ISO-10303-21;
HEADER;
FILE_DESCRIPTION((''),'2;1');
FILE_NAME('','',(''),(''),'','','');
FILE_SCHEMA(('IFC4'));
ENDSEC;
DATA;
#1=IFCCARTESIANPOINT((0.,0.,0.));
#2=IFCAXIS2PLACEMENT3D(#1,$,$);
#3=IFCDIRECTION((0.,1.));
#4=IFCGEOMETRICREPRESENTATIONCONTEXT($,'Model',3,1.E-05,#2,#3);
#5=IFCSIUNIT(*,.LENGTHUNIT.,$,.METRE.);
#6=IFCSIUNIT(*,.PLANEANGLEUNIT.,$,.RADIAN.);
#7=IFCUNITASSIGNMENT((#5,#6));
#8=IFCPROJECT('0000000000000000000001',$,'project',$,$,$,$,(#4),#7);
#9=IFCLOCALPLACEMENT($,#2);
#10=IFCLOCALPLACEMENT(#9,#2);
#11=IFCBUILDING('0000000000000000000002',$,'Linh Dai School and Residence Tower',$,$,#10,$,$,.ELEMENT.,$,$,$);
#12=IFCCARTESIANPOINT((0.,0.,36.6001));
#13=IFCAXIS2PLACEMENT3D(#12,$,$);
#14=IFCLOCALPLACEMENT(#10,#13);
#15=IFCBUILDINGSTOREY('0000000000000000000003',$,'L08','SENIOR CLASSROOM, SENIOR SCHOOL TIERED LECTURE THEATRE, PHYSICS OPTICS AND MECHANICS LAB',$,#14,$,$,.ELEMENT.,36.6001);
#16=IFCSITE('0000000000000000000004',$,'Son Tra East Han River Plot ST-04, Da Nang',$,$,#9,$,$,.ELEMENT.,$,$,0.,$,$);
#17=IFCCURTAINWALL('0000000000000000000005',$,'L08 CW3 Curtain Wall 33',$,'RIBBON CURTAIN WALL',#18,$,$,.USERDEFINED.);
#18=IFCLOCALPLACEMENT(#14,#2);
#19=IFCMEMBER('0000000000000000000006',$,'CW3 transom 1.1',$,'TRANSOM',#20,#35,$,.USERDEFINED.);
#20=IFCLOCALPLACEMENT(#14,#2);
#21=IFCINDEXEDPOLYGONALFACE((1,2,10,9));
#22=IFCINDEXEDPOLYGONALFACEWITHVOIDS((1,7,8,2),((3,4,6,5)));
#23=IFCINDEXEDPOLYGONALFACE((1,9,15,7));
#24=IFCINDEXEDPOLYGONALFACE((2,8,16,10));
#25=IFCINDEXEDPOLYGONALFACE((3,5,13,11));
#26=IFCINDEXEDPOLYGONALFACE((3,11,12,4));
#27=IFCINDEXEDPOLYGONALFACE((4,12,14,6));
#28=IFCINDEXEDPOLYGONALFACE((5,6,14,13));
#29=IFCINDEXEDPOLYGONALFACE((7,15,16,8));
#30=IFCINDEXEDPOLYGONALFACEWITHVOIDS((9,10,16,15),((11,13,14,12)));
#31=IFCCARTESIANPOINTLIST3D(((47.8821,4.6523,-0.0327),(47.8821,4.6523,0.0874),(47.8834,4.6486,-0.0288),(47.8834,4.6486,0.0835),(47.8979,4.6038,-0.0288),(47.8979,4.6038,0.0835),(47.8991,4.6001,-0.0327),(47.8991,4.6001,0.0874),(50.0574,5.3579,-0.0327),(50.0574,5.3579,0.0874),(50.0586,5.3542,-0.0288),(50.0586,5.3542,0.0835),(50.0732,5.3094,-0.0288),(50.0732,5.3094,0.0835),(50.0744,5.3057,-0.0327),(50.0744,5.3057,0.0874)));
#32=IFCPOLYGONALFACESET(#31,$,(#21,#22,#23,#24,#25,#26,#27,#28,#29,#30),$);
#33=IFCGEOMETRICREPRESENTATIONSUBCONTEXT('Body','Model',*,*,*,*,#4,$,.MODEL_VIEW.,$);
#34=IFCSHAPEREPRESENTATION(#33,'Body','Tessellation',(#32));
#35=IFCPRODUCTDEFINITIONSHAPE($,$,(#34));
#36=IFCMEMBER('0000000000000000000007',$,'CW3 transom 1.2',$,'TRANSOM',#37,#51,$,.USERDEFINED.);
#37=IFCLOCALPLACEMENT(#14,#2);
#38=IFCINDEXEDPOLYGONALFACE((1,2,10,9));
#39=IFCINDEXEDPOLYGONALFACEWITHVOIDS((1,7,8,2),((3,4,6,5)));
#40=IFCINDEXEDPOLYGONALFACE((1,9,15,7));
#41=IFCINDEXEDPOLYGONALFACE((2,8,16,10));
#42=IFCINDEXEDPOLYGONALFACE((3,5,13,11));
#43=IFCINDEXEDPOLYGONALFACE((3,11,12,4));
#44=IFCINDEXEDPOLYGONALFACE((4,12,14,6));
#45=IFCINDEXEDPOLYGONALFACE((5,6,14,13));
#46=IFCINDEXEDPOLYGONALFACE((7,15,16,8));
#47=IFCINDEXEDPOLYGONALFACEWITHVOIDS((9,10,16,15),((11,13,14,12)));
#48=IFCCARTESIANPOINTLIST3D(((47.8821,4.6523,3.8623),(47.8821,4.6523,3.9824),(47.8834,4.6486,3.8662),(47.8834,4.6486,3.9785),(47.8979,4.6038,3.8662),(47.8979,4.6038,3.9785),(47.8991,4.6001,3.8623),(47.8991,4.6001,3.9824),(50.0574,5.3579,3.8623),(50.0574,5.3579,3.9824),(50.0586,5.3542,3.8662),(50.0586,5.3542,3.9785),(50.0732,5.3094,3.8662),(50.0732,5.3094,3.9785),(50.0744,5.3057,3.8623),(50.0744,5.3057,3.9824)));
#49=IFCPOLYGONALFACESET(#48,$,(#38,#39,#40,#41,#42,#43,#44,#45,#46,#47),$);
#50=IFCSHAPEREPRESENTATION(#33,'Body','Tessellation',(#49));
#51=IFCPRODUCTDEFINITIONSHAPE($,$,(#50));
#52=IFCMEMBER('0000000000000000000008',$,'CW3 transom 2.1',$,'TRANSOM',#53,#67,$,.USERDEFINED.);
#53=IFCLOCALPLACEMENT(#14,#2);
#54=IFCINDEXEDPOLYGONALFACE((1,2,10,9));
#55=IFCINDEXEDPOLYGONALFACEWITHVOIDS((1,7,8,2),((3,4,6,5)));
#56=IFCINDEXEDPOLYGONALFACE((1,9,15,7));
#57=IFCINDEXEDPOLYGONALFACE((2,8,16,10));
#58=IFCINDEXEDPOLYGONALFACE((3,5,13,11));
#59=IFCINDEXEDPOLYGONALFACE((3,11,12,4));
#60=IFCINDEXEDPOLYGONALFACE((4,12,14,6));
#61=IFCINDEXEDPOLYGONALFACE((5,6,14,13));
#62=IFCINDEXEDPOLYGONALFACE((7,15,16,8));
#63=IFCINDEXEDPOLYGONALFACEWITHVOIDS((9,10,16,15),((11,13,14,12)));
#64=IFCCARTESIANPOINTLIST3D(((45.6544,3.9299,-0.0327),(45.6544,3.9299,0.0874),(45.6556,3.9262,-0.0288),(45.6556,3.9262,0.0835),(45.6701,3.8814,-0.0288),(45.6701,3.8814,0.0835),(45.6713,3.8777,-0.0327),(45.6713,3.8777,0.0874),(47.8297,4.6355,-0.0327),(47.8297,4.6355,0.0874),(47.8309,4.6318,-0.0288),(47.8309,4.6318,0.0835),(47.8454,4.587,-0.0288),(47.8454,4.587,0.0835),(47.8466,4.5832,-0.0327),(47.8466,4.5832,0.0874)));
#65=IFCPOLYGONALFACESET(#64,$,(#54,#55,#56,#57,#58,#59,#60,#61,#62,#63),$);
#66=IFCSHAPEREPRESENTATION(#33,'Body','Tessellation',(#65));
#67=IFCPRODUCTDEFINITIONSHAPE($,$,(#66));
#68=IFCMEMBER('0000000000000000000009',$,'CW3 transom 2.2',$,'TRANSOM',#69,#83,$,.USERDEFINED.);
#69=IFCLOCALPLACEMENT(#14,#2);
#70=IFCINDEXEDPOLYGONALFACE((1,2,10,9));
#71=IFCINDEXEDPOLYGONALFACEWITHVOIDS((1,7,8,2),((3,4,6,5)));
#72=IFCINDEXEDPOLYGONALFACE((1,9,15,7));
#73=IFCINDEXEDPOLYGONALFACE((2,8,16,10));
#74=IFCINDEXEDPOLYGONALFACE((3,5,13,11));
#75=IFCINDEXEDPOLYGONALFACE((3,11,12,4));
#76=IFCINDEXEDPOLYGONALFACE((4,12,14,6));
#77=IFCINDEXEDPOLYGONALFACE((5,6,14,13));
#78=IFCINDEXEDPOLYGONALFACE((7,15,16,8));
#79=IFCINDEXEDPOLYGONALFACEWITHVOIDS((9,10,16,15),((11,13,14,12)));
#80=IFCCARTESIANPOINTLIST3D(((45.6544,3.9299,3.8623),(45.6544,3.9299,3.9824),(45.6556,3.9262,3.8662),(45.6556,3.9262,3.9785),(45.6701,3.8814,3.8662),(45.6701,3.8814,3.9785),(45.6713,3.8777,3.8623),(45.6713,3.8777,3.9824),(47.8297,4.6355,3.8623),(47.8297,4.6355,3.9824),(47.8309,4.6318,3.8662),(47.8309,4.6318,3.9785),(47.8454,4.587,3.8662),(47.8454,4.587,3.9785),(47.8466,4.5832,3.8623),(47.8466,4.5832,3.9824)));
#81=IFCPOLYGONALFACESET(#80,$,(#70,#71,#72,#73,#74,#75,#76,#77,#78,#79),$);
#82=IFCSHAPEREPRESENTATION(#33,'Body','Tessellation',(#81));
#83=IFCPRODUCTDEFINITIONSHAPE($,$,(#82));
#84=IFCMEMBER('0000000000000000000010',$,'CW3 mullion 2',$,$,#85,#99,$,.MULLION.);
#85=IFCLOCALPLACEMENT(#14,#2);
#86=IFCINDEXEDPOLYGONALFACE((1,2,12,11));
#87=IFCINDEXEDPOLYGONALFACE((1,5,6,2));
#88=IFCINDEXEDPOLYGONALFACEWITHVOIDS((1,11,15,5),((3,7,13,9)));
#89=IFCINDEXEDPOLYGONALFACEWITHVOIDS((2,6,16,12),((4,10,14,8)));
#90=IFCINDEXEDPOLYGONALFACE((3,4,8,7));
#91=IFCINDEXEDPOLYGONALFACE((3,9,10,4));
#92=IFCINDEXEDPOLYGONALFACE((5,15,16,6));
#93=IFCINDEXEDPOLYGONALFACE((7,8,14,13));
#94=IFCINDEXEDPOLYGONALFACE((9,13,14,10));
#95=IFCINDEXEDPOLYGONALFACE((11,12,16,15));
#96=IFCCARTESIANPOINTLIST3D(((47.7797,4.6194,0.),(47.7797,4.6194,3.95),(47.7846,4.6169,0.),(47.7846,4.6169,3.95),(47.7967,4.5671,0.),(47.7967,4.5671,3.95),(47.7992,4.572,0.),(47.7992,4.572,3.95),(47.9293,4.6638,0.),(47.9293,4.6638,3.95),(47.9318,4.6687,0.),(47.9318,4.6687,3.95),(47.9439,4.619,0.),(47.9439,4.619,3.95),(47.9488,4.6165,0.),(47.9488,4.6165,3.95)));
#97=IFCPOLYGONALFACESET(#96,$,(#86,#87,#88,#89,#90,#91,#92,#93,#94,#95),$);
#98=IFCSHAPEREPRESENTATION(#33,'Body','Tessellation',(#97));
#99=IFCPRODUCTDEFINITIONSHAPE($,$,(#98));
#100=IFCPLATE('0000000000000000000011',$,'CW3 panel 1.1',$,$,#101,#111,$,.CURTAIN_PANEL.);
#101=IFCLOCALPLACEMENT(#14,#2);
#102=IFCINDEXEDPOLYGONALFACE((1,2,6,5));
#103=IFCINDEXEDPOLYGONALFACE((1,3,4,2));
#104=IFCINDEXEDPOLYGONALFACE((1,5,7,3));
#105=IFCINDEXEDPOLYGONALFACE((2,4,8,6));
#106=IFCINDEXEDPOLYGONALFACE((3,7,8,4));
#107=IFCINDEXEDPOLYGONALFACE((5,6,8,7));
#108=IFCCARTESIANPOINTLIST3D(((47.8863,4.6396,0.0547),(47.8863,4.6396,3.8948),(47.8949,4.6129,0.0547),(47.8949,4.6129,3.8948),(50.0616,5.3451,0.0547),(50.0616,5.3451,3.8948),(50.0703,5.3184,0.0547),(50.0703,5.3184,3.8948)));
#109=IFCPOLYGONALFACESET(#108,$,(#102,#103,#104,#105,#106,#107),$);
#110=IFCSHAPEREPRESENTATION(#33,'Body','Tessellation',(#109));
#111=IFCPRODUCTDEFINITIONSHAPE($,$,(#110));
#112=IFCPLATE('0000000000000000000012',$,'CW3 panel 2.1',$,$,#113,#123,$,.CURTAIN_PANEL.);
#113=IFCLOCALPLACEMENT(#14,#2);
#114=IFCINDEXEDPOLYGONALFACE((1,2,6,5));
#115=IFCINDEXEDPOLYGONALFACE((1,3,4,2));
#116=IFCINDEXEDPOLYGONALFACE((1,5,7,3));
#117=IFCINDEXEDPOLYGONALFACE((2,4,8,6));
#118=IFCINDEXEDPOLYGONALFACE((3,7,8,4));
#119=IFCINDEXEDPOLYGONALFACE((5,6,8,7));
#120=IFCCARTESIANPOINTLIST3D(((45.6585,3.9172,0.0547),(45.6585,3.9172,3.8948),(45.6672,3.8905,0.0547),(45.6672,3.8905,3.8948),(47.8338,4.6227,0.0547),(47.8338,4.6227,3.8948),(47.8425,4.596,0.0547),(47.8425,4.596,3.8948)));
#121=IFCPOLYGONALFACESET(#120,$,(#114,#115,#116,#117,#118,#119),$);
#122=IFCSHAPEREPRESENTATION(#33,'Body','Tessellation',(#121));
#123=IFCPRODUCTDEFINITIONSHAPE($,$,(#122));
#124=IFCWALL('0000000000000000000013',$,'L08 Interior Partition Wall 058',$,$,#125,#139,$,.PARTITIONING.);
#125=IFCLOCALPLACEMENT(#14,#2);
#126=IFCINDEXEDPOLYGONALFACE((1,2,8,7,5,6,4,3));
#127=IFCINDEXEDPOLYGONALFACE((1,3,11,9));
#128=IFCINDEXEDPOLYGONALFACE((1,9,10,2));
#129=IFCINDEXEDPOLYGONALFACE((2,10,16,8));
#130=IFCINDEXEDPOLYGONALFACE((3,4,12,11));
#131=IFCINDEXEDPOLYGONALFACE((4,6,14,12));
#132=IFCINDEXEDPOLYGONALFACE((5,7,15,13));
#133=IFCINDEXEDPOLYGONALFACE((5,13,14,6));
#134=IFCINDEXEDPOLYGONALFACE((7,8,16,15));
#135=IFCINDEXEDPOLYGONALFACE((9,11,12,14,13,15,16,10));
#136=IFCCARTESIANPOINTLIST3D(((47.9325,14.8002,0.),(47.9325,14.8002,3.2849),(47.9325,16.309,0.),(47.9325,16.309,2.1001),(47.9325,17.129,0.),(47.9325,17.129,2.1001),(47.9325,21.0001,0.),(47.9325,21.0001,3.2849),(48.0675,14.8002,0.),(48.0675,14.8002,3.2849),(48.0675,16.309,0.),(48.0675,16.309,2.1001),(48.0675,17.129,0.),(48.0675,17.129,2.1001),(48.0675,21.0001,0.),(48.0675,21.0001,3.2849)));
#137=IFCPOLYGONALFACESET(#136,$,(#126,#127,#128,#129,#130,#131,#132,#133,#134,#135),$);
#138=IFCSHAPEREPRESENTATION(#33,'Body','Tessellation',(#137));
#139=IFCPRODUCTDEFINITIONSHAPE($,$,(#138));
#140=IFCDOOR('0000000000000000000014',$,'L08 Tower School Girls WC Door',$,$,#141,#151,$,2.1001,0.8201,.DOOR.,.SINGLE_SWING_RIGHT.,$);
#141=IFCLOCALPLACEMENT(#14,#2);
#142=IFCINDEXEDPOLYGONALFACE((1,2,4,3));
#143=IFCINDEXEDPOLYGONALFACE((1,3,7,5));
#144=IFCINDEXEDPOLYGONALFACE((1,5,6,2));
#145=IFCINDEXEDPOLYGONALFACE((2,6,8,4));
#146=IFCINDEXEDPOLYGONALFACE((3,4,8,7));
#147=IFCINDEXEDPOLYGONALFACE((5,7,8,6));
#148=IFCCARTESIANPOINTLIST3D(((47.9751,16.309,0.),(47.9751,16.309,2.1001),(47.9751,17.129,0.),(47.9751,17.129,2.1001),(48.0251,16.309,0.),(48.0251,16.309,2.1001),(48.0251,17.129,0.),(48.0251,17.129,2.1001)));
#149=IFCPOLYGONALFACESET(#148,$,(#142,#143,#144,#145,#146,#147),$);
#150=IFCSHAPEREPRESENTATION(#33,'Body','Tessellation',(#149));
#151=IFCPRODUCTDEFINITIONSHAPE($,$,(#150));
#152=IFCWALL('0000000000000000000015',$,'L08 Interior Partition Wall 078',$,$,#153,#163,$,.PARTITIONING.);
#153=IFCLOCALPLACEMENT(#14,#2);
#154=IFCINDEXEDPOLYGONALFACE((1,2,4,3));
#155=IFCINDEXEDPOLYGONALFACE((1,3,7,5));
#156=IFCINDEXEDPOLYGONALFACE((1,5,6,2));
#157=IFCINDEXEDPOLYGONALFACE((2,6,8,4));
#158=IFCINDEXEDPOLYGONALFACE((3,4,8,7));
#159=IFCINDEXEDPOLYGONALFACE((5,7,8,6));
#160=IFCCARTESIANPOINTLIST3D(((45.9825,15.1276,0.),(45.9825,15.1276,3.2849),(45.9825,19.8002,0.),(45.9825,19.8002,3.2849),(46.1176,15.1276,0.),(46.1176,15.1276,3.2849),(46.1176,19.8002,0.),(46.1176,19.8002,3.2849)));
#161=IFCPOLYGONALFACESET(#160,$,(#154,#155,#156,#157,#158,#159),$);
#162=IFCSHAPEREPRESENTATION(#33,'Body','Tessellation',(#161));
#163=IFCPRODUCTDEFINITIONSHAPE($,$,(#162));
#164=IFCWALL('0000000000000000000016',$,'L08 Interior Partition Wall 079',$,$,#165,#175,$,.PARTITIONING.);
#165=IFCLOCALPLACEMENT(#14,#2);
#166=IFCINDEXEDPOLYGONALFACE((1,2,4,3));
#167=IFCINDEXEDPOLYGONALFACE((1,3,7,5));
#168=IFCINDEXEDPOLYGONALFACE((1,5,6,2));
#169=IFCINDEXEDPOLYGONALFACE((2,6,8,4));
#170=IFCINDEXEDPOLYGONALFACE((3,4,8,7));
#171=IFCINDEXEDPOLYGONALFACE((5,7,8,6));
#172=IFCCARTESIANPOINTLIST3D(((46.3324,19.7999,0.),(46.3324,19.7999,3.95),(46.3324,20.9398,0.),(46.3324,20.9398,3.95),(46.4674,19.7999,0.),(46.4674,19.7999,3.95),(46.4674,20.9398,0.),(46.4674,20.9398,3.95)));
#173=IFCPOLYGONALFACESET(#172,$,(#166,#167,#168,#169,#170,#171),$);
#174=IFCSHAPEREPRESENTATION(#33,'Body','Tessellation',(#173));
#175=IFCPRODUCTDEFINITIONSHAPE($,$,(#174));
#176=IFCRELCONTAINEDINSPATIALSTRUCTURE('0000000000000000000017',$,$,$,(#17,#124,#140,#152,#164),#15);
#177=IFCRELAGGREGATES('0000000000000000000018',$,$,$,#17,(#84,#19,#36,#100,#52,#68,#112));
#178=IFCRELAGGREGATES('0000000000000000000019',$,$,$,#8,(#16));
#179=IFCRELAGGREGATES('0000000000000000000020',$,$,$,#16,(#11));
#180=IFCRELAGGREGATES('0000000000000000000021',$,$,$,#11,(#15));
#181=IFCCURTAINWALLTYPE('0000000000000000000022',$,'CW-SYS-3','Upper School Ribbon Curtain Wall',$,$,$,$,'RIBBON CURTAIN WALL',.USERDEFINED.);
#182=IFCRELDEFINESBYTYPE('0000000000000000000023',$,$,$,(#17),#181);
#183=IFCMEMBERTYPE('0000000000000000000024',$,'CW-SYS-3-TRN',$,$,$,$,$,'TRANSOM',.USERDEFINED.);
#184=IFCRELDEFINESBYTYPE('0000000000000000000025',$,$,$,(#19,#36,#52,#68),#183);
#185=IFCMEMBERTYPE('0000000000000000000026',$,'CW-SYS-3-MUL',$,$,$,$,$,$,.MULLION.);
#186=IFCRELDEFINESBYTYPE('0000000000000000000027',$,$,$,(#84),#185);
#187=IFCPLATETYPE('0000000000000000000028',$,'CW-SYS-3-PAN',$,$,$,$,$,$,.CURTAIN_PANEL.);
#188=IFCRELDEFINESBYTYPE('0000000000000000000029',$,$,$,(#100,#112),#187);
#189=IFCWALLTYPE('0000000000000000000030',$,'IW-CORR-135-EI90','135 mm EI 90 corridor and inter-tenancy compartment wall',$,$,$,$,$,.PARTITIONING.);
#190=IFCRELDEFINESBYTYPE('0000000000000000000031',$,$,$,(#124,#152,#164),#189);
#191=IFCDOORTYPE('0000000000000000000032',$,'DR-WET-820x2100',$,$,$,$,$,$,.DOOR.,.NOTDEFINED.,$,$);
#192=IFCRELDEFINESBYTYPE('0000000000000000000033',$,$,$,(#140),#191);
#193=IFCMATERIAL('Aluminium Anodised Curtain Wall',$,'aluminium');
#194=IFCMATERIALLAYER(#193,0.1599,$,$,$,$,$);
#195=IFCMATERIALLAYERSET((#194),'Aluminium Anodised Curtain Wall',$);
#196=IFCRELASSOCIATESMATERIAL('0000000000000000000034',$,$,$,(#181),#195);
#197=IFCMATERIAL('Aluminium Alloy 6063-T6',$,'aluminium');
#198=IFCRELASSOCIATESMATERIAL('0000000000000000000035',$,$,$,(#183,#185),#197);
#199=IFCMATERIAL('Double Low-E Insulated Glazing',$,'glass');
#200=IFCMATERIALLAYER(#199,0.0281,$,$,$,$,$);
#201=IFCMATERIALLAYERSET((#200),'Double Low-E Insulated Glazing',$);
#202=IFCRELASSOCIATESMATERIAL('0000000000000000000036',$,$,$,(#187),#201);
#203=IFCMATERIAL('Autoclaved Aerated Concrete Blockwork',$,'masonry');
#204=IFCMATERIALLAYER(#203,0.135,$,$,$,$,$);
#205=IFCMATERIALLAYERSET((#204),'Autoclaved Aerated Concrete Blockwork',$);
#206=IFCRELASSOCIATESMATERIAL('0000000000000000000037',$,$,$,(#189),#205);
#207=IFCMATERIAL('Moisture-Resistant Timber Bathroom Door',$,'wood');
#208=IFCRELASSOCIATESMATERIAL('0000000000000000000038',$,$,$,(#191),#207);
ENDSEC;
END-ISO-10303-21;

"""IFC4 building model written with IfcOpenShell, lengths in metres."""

from ifc_helpers import new_model, si_unit, direction, frame, frame_2d, origin, origin_2d, place, context, subcontext, project, spatial, rectangle, hollow_rectangle, extrude, source, transform, mapped, material, layer, layer_set, material_profile, profile_set, type_object, element, fill, aggregate, save


model = new_model("IFC4")

# Units and contexts
model_context = context("Model", 3, precision=1e-05, world=origin(), true_north=direction((0.0, 1.0)))
body_context = subcontext(model_context, "Body", "Model", "MODEL_VIEW")
ifc_project = project(units=[si_unit("LENGTHUNIT", "METRE"), si_unit("PLANEANGLEUNIT", "RADIAN")], contexts=[model_context])

# Site, building, storey
site_placement = place(None, origin())
site = spatial("IfcSite", under=ifc_project, at=site_placement, Name="Son Tra East Han River Plot ST-04, Da Nang", CompositionType="ELEMENT", RefElevation=0.0)
building_placement = place(site_placement, origin())
building = spatial("IfcBuilding", under=site, at=building_placement, Name="Linh Dai School and Residence Tower", CompositionType="ELEMENT")
storey_placement = place(building_placement, frame((0.0, 0.0, 36.6001)))
storey = spatial("IfcBuildingStorey", under=building, at=storey_placement, Name="L08", Description="SENIOR CLASSROOM, SENIOR SCHOOL TIERED LECTURE THEATRE, PHYSICS OPTICS AND MECHANICS LAB", CompositionType="ELEMENT", Elevation=36.6001)

# Curtain wall, members, plates
ifc_material_1 = material(Name="Aluminium Anodised Curtain Wall", Category="aluminium")
ifc_layer_1 = layer(ifc_material_1, 0.1599)
ifc_layer_set_1 = layer_set([ifc_layer_1], Name="Aluminium Anodised Curtain Wall")
curtain_wall_type = type_object("IfcCurtainWallType", Name="CW-SYS-3", Description="Upper School Ribbon Curtain Wall", ElementType="RIBBON CURTAIN WALL", PredefinedType="USERDEFINED", material=ifc_layer_set_1)
curtain_wall_placement = place(storey_placement, origin())
curtain_wall = element("IfcCurtainWall", 1, at=curtain_wall_placement, inside=storey, type_object=curtain_wall_type, Name="L08 CW3 Curtain Wall 33", ObjectType="RIBBON CURTAIN WALL", PredefinedType="USERDEFINED")
ifc_material_2 = material(Name="Aluminium Alloy 6063-T6", Category="aluminium")
ifc_material_profile_1 = material_profile(ifc_material_2, hollow_rectangle(XDim=0.0549, YDim=0.1201, WallThickness=0.0039, at=origin_2d()), Name="RHS 120x55x4")
ifc_profile_set_1 = profile_set([ifc_material_profile_1], Name="Aluminium Alloy 6063-T6")
member_type_1 = type_object("IfcMemberType", Name="CW-SYS-3-TRN", ElementType="TRANSOM", PredefinedType="USERDEFINED", material=ifc_profile_set_1)
shared_shape_1 = source(origin(), body_context, "Body", "SweptSolid", [
    extrude(hollow_rectangle(XDim=0.0549, YDim=0.1201, WallThickness=0.0039, at=origin_2d()), origin(), (0.0, 0.0, 1.0), 2.2869),
])
member_1_placement = place(storey_placement, frame((50.0659, 5.3318, 0.0273), z_axis=(-0.951214, -0.308531, 0.0), x_axis=(0.308531, -0.951214, 0.0)))
member_1 = element("IfcMember", 2, at=member_1_placement, type_object=member_type_1, Name="CW3 transom 1.1", ObjectType="TRANSOM", PredefinedType="USERDEFINED", context=body_context, shape_type="MappedRepresentation", body=[
    mapped(shared_shape_1, transform((0.0, 0.0, 0.0), x_axis=(1.0, 0.0, 0.0), y_axis=(0.0, 1.0, 0.0), z_axis=(0.0, 0.0, 1.0), scale=1.0)),
])
member_2_placement = place(storey_placement, frame((50.0659, 5.3318, 3.9224), z_axis=(-0.951214, -0.308531, 0.0), x_axis=(0.308531, -0.951214, 0.0)))
member_2 = element("IfcMember", 3, at=member_2_placement, type_object=member_type_1, Name="CW3 transom 1.2", ObjectType="TRANSOM", PredefinedType="USERDEFINED", context=body_context, shape_type="MappedRepresentation", body=[
    mapped(shared_shape_1, transform((0.0, 0.0, 0.0), x_axis=(1.0, 0.0, 0.0), y_axis=(0.0, 1.0, 0.0), z_axis=(0.0, 0.0, 1.0), scale=1.0)),
])
member_3_placement = place(storey_placement, frame((47.8381, 4.6094, 0.0273), z_axis=(-0.951214, -0.308531, 0.0), x_axis=(0.308531, -0.951214, 0.0)))
member_3 = element("IfcMember", 4, at=member_3_placement, type_object=member_type_1, Name="CW3 transom 2.1", ObjectType="TRANSOM", PredefinedType="USERDEFINED", context=body_context, shape_type="MappedRepresentation", body=[
    mapped(shared_shape_1, transform((0.0, 0.0, 0.0), x_axis=(1.0, 0.0, 0.0), y_axis=(0.0, 1.0, 0.0), z_axis=(0.0, 0.0, 1.0), scale=1.0)),
])
member_4_placement = place(storey_placement, frame((47.8381, 4.6094, 3.9224), z_axis=(-0.951214, -0.308531, 0.0), x_axis=(0.308531, -0.951214, 0.0)))
member_4 = element("IfcMember", 5, at=member_4_placement, type_object=member_type_1, Name="CW3 transom 2.2", ObjectType="TRANSOM", PredefinedType="USERDEFINED", context=body_context, shape_type="MappedRepresentation", body=[
    mapped(shared_shape_1, transform((0.0, 0.0, 0.0), x_axis=(1.0, 0.0, 0.0), y_axis=(0.0, 1.0, 0.0), z_axis=(0.0, 0.0, 1.0), scale=1.0)),
])
ifc_material_profile_2 = material_profile(ifc_material_2, hollow_rectangle(XDim=0.0549, YDim=0.1599, WallThickness=0.0039, at=origin_2d()), Name="RHS 160x55x4")
ifc_profile_set_2 = profile_set([ifc_material_profile_2], Name="Aluminium Alloy 6063-T6")
member_type_2 = type_object("IfcMemberType", Name="CW-SYS-3-MUL", PredefinedType="MULLION", material=ifc_profile_set_2)
shared_shape_2 = source(origin(), body_context, "Body", "SweptSolid", [
    extrude(hollow_rectangle(XDim=0.0549, YDim=0.1599, WallThickness=0.0039, at=origin_2d()), origin(), (0.0, 0.0, 1.0), 3.95),
])
member_5_placement = place(storey_placement, frame((47.8643, 4.6179, 0.0), z_axis=(0.0, 0.0, 1.0), x_axis=(0.308511, -0.951221, 0.0)))
member_5 = element("IfcMember", 6, at=member_5_placement, type_object=member_type_2, Name="CW3 mullion 2", PredefinedType="MULLION", context=body_context, shape_type="MappedRepresentation", body=[
    mapped(shared_shape_2, transform((0.0, 0.0, 0.0), x_axis=(1.0, 0.0, 0.0), y_axis=(0.0, 1.0, 0.0), z_axis=(0.0, 0.0, 1.0), scale=1.0)),
])
ifc_material_3 = material(Name="Double Low-E Insulated Glazing", Category="glass")
ifc_layer_2 = layer(ifc_material_3, 0.0281)
ifc_layer_set_2 = layer_set([ifc_layer_2], Name="Double Low-E Insulated Glazing")
plate_type = type_object("IfcPlateType", Name="CW-SYS-3-PAN", PredefinedType="CURTAIN_PANEL", material=ifc_layer_set_2)
shared_shape_3 = source(origin(), body_context, "Body", "SweptSolid", [
    extrude(rectangle(XDim=2.2869, YDim=0.0281, at=origin_2d()), origin(), (0.0, 0.0, 1.0), 3.8401),
])
plate_1_placement = place(storey_placement, frame((48.9783, 4.979, 0.0547), z_axis=(0.0, 0.0, 1.0), x_axis=(-0.951221, -0.308511, 0.0)))
plate_1 = element("IfcPlate", 7, at=plate_1_placement, type_object=plate_type, Name="CW3 panel 1.1", PredefinedType="CURTAIN_PANEL", context=body_context, shape_type="MappedRepresentation", body=[
    mapped(shared_shape_3, transform((0.0, 0.0, 0.0), x_axis=(1.0, 0.0, 0.0), y_axis=(0.0, 1.0, 0.0), z_axis=(0.0, 0.0, 1.0), scale=1.0)),
])
plate_2_placement = place(storey_placement, frame((46.7505, 4.2566, 0.0547), z_axis=(0.0, 0.0, 1.0), x_axis=(-0.951221, -0.308511, 0.0)))
plate_2 = element("IfcPlate", 8, at=plate_2_placement, type_object=plate_type, Name="CW3 panel 2.1", PredefinedType="CURTAIN_PANEL", context=body_context, shape_type="MappedRepresentation", body=[
    mapped(shared_shape_3, transform((0.0, 0.0, 0.0), x_axis=(1.0, 0.0, 0.0), y_axis=(0.0, 1.0, 0.0), z_axis=(0.0, 0.0, 1.0), scale=1.0)),
])
aggregate(curtain_wall, [member_5, member_1, member_2, plate_1, member_3, member_4, plate_2])

# Wall, opening, door
ifc_material_4 = material(Name="Autoclaved Aerated Concrete Blockwork", Category="masonry")
ifc_layer_3 = layer(ifc_material_4, 0.135)
ifc_layer_set_3 = layer_set([ifc_layer_3], Name="Autoclaved Aerated Concrete Blockwork")
wall_type_1 = type_object("IfcWallType", Name="IW-CORR-135-EI90", Description="135 mm EI 90 corridor and inter-tenancy compartment wall", PredefinedType="PARTITIONING", material=ifc_layer_set_3)
wall_1_placement = place(storey_placement, frame((48.0, 14.8, 0.0), z_axis=(0.0, 0.0, 1.0), x_axis=(0.0, 1.0, 0.0)))
wall_1 = element("IfcWall", 9, at=wall_1_placement, inside=storey, type_object=wall_type_1, Name="L08 Interior Partition Wall 058", PredefinedType="PARTITIONING", context=body_context, shape_type="SweptSolid", body=[
    extrude(rectangle(XDim=6.2, YDim=0.135, at=frame_2d((3.1001, 0.0))), origin(), (0.0, 0.0, 1.0), 3.2849),
])
opening_1_placement = place(wall_1_placement, frame((1.5088, 0.0, 0.0)))
opening_1 = element("IfcOpeningElement", 10, at=opening_1_placement, cuts=wall_1, PredefinedType="OPENING", context=body_context, shape_type="SweptSolid", body=[
    extrude(rectangle(XDim=0.8201, YDim=2.1001, at=origin_2d()), frame((0.4102, 0.0776, 1.05), z_axis=(0.0, -1.0, 0.0), x_axis=(1.0, 0.0, 0.0)), (0.0, 0.0, 1.0), 0.155),
])
ifc_material_5 = material(Name="Moisture-Resistant Timber Bathroom Door", Category="wood")
door_type_1 = type_object("IfcDoorType", Name="DR-WET-820x2100", OperationType="NOTDEFINED", PredefinedType="DOOR", material=ifc_material_5)
shared_shape_4 = source(origin(), body_context, "Body", "SweptSolid", [
    extrude(rectangle(XDim=0.8201, YDim=2.1001, at=origin_2d()), frame((0.4102, 0.0249, 1.05), z_axis=(0.0, -1.0, 0.0), x_axis=(1.0, 0.0, 0.0)), (0.0, 0.0, 1.0), 0.05),
])
door_1_placement = place(opening_1_placement, origin())
door_1 = element("IfcDoor", 11, at=door_1_placement, inside=storey, type_object=door_type_1, Name="L08 Tower School Girls WC Door", OperationType="SINGLE_SWING_RIGHT", OverallHeight=2.1001, OverallWidth=0.8201, PredefinedType="DOOR", context=body_context, shape_type="MappedRepresentation", body=[
    mapped(shared_shape_4, transform((0.0, 0.0, 0.0), x_axis=(1.0, 0.0, 0.0), y_axis=(0.0, 1.0, 0.0), z_axis=(0.0, 0.0, 1.0), scale=1.0)),
])
fill(opening_1, door_1)

# Walls
wall_2_placement = place(storey_placement, frame((46.05, 15.1274, 0.0), z_axis=(0.0, 0.0, 1.0), x_axis=(0.0, 1.0, 0.0)))
element("IfcWall", 12, at=wall_2_placement, inside=storey, type_object=wall_type_1, Name="L08 Interior Partition Wall 078", PredefinedType="PARTITIONING", context=body_context, shape_type="SweptSolid", body=[
    extrude(rectangle(XDim=4.6726, YDim=0.135, at=frame_2d((2.3364, 0.0))), origin(), (0.0, 0.0, 1.0), 3.2849),
])
wall_3_placement = place(storey_placement, frame((46.3999, 19.8, 0.0), z_axis=(0.0, 0.0, 1.0), x_axis=(0.0, 1.0, 0.0)))
element("IfcWall", 13, at=wall_3_placement, inside=storey, type_object=wall_type_1, Name="L08 Interior Partition Wall 079", PredefinedType="PARTITIONING", context=body_context, shape_type="SweptSolid", body=[
    extrude(rectangle(XDim=1.1399, YDim=0.135, at=frame_2d((0.5698, 0.0))), origin(), (0.0, 0.0, 1.0), 3.95),
])

save(model, "model.ifc")
